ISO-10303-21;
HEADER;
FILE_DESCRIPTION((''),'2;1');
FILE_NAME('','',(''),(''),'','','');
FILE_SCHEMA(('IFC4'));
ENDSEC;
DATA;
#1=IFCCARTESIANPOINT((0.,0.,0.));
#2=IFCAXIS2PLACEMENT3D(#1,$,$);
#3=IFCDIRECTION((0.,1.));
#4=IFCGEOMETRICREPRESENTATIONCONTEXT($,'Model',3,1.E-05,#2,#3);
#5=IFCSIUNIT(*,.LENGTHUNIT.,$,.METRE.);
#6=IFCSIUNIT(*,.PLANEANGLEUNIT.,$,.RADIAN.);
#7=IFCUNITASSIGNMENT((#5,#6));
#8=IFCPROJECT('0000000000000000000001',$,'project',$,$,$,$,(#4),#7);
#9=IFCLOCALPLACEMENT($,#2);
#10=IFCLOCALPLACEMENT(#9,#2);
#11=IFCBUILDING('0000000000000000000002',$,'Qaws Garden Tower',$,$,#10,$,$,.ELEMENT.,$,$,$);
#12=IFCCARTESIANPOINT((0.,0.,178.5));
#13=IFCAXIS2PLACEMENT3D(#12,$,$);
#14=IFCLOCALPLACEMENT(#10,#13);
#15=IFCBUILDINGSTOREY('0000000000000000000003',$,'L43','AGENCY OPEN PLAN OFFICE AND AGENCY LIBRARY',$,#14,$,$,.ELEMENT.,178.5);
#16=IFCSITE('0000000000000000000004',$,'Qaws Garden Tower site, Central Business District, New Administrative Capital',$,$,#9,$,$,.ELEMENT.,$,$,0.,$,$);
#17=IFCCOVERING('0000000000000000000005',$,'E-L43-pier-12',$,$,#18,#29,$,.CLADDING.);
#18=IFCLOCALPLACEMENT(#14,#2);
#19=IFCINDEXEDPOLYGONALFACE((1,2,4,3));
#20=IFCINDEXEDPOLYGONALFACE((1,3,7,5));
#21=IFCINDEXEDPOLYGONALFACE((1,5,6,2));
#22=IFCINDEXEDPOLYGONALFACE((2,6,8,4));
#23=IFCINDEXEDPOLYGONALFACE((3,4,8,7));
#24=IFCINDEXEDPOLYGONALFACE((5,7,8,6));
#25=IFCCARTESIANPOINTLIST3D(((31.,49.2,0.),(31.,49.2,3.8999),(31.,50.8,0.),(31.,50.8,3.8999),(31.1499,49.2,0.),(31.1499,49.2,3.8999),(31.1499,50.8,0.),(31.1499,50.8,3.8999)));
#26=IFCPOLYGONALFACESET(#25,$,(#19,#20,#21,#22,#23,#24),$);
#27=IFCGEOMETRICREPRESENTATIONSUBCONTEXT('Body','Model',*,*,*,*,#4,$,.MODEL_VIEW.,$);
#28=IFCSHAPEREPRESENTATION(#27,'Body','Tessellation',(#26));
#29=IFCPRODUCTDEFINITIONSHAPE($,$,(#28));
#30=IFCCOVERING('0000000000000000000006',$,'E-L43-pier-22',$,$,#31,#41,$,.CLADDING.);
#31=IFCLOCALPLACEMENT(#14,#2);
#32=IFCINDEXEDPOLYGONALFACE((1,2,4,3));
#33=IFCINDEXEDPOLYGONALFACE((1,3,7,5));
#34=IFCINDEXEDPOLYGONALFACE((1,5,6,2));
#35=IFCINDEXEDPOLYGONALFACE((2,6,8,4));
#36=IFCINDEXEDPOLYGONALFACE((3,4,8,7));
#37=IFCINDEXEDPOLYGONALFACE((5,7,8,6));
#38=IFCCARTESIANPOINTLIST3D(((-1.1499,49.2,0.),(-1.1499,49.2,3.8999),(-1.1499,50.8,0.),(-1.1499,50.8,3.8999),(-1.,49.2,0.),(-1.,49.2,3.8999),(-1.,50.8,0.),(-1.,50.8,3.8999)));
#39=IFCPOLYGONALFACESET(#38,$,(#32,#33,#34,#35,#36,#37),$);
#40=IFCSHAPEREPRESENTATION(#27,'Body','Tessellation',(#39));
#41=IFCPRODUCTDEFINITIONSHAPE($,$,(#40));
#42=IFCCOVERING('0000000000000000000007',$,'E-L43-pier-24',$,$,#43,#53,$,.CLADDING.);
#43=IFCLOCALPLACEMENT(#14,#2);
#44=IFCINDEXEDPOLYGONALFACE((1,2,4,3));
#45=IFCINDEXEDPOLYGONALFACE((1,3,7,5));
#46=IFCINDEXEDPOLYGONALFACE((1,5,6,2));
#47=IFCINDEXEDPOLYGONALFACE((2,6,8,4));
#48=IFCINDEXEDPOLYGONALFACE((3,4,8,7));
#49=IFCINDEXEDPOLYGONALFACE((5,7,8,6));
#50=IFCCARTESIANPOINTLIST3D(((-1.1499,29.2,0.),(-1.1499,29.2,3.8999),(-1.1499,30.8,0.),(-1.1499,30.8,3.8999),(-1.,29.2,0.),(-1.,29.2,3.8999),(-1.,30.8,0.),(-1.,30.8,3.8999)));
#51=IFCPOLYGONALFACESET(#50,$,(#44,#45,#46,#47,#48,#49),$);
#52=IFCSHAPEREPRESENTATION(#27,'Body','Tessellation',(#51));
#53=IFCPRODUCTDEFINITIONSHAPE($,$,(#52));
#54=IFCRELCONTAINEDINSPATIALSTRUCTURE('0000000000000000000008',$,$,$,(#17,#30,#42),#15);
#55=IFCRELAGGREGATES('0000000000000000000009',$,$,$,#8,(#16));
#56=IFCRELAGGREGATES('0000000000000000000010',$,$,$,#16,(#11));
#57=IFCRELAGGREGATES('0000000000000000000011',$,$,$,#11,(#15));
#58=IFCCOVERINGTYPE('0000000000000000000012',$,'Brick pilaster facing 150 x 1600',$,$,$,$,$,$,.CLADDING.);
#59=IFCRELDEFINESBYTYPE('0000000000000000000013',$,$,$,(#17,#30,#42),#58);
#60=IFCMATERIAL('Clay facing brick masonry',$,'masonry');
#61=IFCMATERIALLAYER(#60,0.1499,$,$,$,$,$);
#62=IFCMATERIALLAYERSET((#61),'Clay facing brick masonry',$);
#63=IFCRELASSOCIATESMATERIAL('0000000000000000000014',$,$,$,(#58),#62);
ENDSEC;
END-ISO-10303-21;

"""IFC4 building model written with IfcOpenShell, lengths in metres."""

from ifc_helpers import new_model, si_unit, direction, frame, origin, place, context, subcontext, project, spatial, polyline, outline, extrude, material, layer, layer_set, type_object, element, save


model = new_model("IFC4")

# Units and contexts
model_context = context("Model", 3, precision=1e-05, world=origin(), true_north=direction((0.0, 1.0)))
body_context = subcontext(model_context, "Body", "Model", "MODEL_VIEW")
ifc_project = project(units=[si_unit("LENGTHUNIT", "METRE"), si_unit("PLANEANGLEUNIT", "RADIAN")], contexts=[model_context])

# Site, building, storey
site_placement = place(None, origin())
site = spatial("IfcSite", under=ifc_project, at=site_placement, Name="Qaws Garden Tower site, Central Business District, New Administrative Capital", CompositionType="ELEMENT", RefElevation=0.0)
building_placement = place(site_placement, origin())
building = spatial("IfcBuilding", under=site, at=building_placement, Name="Qaws Garden Tower", CompositionType="ELEMENT")
storey_placement = place(building_placement, frame((0.0, 0.0, 178.5)))
storey = spatial("IfcBuildingStorey", under=building, at=storey_placement, Name="L43", Description="AGENCY OPEN PLAN OFFICE AND AGENCY LIBRARY", CompositionType="ELEMENT", Elevation=178.5)

# Shared definitions
placement = place(storey_placement, origin())

# Coverings
ifc_material_1 = material(Name="Clay facing brick masonry", Category="masonry")
ifc_layer_1 = layer(ifc_material_1, 0.1499)
ifc_layer_set_1 = layer_set([ifc_layer_1], Name="Clay facing brick masonry")
covering_type = type_object("IfcCoveringType", Name="Brick pilaster facing 150 x 1600", PredefinedType="CLADDING", material=ifc_layer_set_1)
element("IfcCovering", 1, at=placement, inside=storey, type_object=covering_type, Name="E-L43-pier-12", PredefinedType="CLADDING", context=body_context, shape_type="SweptSolid", body=[
    extrude(outline(polyline([(31.0, 49.2), (31.0, 50.8), (31.1499, 50.8), (31.1499, 49.2), (31.0, 49.2)])), origin(), (0.0, 0.0, 1.0), 3.8999),
])
element("IfcCovering", 2, at=placement, inside=storey, type_object=covering_type, Name="E-L43-pier-22", PredefinedType="CLADDING", context=body_context, shape_type="SweptSolid", body=[
    extrude(outline(polyline([(-1.0, 50.8), (-1.0, 49.2), (-1.1499, 49.2), (-1.1499, 50.8), (-1.0, 50.8)])), origin(), (0.0, 0.0, 1.0), 3.8999),
])
element("IfcCovering", 3, at=placement, inside=storey, type_object=covering_type, Name="E-L43-pier-24", PredefinedType="CLADDING", context=body_context, shape_type="SweptSolid", body=[
    extrude(outline(polyline([(-1.0, 30.8), (-1.0, 29.2), (-1.1499, 29.2), (-1.1499, 30.8), (-1.0, 30.8)])), origin(), (0.0, 0.0, 1.0), 3.8999),
])

save(model, "model.ifc")
